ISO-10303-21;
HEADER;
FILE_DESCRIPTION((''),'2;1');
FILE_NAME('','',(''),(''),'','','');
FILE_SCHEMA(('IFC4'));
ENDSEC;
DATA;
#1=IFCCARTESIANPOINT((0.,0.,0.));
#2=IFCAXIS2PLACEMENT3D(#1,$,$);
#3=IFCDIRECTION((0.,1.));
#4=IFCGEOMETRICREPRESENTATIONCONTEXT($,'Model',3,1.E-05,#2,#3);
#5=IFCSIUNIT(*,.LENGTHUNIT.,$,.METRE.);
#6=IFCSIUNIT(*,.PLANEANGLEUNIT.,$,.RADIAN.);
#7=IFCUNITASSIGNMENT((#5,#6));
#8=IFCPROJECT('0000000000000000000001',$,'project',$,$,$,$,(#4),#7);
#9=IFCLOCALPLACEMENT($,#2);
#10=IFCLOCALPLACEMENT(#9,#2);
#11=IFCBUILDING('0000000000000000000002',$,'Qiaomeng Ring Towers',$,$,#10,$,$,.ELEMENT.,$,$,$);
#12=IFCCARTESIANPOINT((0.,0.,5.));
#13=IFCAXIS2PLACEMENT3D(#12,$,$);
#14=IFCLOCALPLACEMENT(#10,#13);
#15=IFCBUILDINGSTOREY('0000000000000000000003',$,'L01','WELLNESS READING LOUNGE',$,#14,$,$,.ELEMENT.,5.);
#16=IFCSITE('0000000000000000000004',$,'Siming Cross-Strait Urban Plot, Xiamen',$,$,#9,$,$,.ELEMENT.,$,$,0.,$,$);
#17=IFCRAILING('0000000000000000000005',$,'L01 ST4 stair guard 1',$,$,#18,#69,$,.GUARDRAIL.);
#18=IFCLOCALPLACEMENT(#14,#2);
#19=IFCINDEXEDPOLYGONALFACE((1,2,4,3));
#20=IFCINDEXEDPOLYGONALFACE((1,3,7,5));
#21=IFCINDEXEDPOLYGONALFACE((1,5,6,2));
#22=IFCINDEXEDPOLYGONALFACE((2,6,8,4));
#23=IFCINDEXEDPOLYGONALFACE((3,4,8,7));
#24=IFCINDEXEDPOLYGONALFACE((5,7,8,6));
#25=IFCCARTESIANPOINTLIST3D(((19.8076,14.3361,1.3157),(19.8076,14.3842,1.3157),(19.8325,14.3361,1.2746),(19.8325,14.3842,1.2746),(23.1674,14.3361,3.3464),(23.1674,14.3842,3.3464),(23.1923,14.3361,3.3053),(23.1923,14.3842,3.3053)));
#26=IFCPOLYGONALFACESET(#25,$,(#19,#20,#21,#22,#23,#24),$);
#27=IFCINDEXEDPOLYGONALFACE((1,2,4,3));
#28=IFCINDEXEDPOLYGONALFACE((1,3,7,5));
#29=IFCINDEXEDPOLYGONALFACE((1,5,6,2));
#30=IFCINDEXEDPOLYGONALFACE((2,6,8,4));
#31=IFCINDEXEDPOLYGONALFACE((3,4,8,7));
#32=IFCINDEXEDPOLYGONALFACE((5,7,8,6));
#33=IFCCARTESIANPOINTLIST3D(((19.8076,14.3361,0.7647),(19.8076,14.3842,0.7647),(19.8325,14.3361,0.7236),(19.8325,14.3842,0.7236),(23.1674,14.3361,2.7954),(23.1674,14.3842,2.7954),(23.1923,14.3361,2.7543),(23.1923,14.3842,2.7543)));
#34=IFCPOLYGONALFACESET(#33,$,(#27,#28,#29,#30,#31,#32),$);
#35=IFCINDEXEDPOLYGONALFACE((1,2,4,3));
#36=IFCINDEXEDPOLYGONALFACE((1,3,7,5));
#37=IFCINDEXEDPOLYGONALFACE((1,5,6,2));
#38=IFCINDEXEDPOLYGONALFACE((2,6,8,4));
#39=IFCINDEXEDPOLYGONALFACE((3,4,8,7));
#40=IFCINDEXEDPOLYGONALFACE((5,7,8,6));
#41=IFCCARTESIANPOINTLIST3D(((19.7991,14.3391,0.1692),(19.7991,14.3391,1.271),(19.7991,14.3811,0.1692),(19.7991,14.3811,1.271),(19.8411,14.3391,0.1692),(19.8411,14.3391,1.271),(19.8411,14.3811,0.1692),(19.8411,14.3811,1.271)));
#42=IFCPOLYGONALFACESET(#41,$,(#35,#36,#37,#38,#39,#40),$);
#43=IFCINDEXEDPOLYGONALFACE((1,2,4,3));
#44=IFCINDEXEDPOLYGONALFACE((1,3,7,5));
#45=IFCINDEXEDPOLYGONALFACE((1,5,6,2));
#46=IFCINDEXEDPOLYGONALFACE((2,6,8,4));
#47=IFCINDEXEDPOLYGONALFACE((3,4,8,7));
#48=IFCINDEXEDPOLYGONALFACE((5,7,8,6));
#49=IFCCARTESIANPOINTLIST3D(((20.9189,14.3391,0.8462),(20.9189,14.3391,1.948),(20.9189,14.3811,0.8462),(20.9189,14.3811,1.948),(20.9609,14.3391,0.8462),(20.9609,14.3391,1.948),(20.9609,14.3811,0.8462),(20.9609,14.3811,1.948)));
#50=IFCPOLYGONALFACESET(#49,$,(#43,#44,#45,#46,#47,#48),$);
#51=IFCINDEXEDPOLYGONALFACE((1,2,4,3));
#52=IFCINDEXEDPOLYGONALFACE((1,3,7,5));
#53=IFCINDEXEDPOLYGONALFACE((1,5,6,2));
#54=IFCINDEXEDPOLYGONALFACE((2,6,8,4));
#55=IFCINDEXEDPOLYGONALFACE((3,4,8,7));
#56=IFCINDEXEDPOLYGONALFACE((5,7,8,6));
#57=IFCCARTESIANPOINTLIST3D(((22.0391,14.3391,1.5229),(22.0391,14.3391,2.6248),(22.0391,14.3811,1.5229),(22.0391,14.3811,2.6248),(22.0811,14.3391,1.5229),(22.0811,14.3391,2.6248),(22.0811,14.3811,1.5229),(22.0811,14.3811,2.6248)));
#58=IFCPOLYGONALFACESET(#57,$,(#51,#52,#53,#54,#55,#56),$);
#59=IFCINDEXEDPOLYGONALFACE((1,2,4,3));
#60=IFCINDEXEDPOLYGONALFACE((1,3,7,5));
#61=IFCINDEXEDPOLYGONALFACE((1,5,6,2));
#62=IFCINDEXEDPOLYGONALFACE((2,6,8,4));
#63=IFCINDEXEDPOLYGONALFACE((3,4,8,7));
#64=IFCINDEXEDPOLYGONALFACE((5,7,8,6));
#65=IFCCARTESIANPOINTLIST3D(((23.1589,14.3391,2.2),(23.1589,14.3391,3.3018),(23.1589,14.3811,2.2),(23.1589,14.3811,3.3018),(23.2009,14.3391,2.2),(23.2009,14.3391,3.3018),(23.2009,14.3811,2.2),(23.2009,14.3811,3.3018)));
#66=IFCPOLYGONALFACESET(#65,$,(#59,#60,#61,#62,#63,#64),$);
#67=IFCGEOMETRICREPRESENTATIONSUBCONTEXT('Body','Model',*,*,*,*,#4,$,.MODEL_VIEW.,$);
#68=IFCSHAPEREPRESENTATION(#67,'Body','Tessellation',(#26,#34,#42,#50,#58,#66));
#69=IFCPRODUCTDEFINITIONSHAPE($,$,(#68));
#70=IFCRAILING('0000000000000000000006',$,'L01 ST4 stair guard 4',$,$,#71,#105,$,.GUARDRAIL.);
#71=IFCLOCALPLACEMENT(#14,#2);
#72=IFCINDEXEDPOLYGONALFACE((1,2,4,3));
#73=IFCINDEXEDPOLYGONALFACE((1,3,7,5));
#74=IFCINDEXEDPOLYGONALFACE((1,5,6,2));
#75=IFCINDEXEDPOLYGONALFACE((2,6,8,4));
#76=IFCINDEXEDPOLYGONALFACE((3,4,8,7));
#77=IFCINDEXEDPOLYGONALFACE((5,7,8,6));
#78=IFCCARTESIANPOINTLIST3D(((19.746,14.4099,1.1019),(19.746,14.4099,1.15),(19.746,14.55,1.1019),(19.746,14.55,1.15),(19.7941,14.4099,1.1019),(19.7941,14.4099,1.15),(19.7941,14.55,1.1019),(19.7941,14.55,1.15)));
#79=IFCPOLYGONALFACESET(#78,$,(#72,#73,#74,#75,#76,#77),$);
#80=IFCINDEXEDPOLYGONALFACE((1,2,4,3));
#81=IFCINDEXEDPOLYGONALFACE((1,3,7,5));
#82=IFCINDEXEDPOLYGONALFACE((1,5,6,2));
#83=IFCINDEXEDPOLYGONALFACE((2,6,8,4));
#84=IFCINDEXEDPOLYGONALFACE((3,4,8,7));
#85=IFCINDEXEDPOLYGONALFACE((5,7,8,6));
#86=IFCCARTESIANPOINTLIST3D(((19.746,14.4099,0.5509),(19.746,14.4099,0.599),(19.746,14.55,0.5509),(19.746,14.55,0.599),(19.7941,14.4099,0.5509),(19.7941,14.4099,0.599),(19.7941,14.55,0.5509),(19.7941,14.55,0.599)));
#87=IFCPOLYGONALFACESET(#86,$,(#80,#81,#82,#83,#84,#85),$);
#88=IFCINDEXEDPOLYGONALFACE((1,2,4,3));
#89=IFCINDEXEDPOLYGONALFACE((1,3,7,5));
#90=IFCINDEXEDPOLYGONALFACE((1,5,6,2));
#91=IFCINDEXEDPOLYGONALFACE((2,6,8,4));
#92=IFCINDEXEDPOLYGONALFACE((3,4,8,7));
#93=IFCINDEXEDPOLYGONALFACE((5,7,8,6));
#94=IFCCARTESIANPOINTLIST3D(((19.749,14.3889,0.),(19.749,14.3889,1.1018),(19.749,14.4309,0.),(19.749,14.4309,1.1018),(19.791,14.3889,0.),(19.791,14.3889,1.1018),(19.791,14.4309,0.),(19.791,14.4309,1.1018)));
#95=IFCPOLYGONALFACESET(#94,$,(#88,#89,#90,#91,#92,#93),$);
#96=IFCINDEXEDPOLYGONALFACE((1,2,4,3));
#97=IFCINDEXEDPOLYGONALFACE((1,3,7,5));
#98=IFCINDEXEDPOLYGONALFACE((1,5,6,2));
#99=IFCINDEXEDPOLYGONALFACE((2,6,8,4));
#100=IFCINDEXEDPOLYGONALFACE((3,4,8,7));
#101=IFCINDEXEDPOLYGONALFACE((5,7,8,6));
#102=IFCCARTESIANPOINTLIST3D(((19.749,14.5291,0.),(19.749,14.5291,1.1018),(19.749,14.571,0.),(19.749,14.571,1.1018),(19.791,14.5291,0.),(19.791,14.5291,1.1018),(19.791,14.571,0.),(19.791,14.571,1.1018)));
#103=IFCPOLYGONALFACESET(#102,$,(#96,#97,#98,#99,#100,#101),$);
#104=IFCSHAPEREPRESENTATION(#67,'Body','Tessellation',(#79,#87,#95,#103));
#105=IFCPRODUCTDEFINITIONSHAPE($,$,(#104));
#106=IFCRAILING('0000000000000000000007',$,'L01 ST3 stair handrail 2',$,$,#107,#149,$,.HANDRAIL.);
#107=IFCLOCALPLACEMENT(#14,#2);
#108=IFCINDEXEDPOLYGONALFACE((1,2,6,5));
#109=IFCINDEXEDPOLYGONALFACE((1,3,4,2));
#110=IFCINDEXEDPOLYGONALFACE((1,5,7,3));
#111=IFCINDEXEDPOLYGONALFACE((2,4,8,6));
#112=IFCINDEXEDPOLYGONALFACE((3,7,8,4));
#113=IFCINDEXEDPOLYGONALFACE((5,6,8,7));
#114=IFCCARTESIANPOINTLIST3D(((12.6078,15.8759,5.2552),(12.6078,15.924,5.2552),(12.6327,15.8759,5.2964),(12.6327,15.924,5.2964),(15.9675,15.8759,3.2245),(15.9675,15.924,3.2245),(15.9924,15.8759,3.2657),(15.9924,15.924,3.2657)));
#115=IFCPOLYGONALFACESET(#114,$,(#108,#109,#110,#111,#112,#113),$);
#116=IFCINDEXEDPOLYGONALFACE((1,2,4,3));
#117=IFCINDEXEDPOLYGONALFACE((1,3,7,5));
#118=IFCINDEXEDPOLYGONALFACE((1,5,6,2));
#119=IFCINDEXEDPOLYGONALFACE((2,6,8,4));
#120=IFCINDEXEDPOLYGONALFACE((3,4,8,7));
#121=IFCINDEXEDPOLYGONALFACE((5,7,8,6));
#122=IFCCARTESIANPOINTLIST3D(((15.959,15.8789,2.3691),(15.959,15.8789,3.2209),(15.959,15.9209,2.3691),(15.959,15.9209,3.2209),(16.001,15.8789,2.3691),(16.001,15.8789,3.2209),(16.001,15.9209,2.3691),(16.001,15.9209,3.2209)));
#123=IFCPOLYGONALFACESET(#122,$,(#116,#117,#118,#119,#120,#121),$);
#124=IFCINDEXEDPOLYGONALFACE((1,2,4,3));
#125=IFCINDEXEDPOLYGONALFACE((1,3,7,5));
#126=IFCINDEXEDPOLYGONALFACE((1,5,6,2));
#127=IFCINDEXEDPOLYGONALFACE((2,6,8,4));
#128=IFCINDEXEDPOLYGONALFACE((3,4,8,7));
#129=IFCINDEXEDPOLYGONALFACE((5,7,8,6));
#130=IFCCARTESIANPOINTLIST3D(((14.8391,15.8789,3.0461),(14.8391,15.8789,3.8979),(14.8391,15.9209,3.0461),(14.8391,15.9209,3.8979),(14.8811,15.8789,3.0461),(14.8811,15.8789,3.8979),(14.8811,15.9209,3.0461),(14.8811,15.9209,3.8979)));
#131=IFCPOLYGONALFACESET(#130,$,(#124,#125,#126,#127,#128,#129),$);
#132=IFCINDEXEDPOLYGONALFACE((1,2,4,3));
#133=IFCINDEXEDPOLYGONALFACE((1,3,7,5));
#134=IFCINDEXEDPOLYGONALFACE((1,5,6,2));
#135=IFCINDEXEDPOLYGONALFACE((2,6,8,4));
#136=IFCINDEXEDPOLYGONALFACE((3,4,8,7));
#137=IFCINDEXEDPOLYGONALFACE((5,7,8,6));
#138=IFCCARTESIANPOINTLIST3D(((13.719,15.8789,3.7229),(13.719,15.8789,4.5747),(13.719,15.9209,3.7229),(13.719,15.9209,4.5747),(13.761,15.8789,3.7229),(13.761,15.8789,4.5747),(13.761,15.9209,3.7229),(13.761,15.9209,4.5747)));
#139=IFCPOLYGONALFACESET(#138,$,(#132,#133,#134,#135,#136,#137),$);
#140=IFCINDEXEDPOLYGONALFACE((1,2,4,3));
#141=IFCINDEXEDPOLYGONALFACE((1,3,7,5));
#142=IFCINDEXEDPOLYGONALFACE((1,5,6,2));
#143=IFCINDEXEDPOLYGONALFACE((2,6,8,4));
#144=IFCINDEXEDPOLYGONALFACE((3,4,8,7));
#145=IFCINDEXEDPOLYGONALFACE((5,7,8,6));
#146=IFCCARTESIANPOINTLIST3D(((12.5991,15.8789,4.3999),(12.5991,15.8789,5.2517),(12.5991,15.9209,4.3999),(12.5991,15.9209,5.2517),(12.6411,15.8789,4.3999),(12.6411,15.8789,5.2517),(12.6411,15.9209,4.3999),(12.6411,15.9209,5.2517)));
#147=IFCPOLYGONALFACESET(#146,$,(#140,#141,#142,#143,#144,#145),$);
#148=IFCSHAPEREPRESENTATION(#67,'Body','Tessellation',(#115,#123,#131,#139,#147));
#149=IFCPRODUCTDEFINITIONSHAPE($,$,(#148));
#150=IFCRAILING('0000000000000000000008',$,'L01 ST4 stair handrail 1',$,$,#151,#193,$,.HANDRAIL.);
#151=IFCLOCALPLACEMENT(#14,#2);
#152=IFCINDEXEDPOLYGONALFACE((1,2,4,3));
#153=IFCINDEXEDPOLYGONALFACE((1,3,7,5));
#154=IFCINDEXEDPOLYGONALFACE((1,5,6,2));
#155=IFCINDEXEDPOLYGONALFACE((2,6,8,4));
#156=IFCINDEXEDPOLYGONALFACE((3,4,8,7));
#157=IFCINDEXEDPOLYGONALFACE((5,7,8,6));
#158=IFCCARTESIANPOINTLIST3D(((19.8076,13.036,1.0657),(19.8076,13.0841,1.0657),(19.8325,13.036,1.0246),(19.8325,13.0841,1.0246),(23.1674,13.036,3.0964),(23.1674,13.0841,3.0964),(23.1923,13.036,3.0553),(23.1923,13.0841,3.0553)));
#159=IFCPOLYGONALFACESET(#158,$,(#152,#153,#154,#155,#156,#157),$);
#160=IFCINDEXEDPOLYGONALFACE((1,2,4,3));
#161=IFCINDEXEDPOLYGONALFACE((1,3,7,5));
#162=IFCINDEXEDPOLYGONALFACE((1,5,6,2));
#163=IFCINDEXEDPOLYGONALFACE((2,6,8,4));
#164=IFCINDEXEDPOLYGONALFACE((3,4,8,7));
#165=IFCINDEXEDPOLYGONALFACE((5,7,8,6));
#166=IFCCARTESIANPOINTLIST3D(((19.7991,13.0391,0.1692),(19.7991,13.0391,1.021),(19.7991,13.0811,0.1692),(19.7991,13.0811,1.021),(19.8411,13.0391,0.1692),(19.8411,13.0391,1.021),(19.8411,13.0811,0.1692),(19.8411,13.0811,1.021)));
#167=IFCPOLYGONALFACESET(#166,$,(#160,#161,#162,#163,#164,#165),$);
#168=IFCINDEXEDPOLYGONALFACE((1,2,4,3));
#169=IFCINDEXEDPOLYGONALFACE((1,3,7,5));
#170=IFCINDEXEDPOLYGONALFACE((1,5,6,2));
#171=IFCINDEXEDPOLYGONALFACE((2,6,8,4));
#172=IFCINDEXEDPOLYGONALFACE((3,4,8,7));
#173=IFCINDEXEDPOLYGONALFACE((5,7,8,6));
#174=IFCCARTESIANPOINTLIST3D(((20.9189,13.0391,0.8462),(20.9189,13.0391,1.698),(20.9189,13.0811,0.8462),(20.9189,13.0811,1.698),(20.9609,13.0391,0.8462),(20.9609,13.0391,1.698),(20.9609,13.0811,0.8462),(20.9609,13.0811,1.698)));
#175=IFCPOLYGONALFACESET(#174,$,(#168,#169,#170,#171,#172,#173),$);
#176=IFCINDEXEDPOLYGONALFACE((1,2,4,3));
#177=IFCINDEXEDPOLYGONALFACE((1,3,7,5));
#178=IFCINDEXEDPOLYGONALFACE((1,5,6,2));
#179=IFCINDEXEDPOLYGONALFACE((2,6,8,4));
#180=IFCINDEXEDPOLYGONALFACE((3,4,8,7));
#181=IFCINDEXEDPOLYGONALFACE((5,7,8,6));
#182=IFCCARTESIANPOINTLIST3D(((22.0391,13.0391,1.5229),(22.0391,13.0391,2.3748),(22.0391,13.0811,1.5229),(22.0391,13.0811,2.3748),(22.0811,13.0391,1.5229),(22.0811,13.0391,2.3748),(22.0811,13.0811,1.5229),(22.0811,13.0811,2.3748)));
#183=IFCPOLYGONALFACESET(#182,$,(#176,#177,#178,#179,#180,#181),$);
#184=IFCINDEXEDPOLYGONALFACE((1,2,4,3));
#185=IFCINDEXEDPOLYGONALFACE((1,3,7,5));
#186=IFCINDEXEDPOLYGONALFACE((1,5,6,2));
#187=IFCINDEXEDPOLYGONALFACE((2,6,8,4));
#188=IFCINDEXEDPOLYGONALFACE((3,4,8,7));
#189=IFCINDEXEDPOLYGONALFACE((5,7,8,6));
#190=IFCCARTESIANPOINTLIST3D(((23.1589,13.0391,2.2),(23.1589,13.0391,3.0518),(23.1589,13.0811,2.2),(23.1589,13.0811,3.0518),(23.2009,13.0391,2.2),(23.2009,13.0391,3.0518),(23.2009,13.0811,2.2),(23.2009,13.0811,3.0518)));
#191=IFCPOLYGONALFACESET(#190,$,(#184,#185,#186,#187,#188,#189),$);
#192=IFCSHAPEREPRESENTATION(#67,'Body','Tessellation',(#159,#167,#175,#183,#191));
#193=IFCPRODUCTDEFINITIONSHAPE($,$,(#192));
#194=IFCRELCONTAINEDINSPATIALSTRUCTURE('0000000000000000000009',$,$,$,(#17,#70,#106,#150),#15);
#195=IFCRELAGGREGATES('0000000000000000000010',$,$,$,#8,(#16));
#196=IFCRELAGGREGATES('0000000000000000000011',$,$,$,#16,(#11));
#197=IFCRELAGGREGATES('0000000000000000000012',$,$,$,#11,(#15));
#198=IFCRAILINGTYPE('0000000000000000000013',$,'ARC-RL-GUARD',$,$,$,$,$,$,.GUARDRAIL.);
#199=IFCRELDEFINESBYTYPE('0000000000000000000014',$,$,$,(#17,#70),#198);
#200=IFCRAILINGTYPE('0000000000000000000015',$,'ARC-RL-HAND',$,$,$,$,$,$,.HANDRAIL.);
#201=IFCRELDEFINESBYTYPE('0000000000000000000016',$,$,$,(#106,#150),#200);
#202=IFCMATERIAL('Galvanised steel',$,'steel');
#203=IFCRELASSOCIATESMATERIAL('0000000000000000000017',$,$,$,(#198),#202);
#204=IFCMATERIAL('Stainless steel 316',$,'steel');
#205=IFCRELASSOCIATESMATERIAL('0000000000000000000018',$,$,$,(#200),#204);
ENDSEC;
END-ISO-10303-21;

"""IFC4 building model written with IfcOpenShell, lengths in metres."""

from ifc_helpers import new_model, si_unit, direction, frame, origin, origin_2d, place, context, subcontext, project, spatial, rectangle, extrude, material, type_object, element, save


model = new_model("IFC4")

# Units and contexts
model_context = context("Model", 3, precision=1e-05, world=origin(), true_north=direction((0.0, 1.0)))
body_context = subcontext(model_context, "Body", "Model", "MODEL_VIEW")
ifc_project = project(units=[si_unit("LENGTHUNIT", "METRE"), si_unit("PLANEANGLEUNIT", "RADIAN")], contexts=[model_context])

# Site, building, storey
site_placement = place(None, origin())
site = spatial("IfcSite", under=ifc_project, at=site_placement, Name="Siming Cross-Strait Urban Plot, Xiamen", CompositionType="ELEMENT", RefElevation=0.0)
building_placement = place(site_placement, origin())
building = spatial("IfcBuilding", under=site, at=building_placement, Name="Qiaomeng Ring Towers", CompositionType="ELEMENT")
storey_placement = place(building_placement, frame((0.0, 0.0, 5.0)))
storey = spatial("IfcBuildingStorey", under=building, at=storey_placement, Name="L01", Description="WELLNESS READING LOUNGE", CompositionType="ELEMENT", Elevation=5.0)

# Shared definitions
ifc_material_1 = material(Name="Galvanised steel", Category="steel")

# Railings
railing_type_1 = type_object("IfcRailingType", Name="ARC-RL-GUARD", PredefinedType="GUARDRAIL", material=ifc_material_1)
railing_1_placement = place(storey_placement, frame((19.8201, 14.3601, 0.1692)))
element("IfcRailing", 1, at=railing_1_placement, inside=storey, type_object=railing_type_1, Name="L01 ST4 stair guard 1", PredefinedType="GUARDRAIL", context=body_context, shape_type="SweptSolid", body=[
    extrude(rectangle(XDim=0.0481, YDim=0.0481, at=origin_2d()), frame((0.0, 0.0, 1.126), z_axis=(0.85582, 0.0, 0.517273), x_axis=(0.0, 1.0, 0.0)), (0.0, 0.0, 1.0), 3.9258),
    extrude(rectangle(XDim=0.0481, YDim=0.0481, at=origin_2d()), frame((0.0, 0.0, 0.575), z_axis=(0.85582, 0.0, 0.517273), x_axis=(0.0, 1.0, 0.0)), (0.0, 0.0, 1.0), 3.9258),
    extrude(rectangle(XDim=0.042, YDim=0.042, at=origin_2d()), origin(), (0.0, 0.0, 1.0), 1.1018),
    extrude(rectangle(XDim=0.042, YDim=0.042, at=origin_2d()), frame((1.1199, 0.0, 0.677)), (0.0, 0.0, 1.0), 1.1018),
    extrude(rectangle(XDim=0.042, YDim=0.042, at=origin_2d()), frame((2.24, 0.0, 1.3538)), (0.0, 0.0, 1.0), 1.1018),
    extrude(rectangle(XDim=0.042, YDim=0.042, at=origin_2d()), frame((3.3599, 0.0, 2.0308)), (0.0, 0.0, 1.0), 1.1018),
])
railing_2_placement = place(storey_placement, frame((19.77, 14.4099, 0.0)))
element("IfcRailing", 2, at=railing_2_placement, inside=storey, type_object=railing_type_1, Name="L01 ST4 stair guard 4", PredefinedType="GUARDRAIL", context=body_context, shape_type="SweptSolid", body=[
    extrude(rectangle(XDim=0.0481, YDim=0.0481, at=origin_2d()), frame((0.0, 0.0, 1.126), z_axis=(0.0, 1.0, 0.0), x_axis=(-1.0, 0.0, 0.0)), (0.0, 0.0, 1.0), 0.1401),
    extrude(rectangle(XDim=0.0481, YDim=0.0481, at=origin_2d()), frame((0.0, 0.0, 0.575), z_axis=(0.0, 1.0, 0.0), x_axis=(-1.0, 0.0, 0.0)), (0.0, 0.0, 1.0), 0.1401),
    extrude(rectangle(XDim=0.042, YDim=0.042, at=origin_2d()), origin(), (0.0, 0.0, 1.0), 1.1018),
    extrude(rectangle(XDim=0.042, YDim=0.042, at=origin_2d()), frame((0.0, 0.1401, 0.0)), (0.0, 0.0, 1.0), 1.1018),
])
ifc_material_2 = material(Name="Stainless steel 316", Category="steel")
railing_type_2 = type_object("IfcRailingType", Name="ARC-RL-HAND", PredefinedType="HANDRAIL", material=ifc_material_2)
railing_3_placement = place(storey_placement, frame((15.98, 15.8999, 2.3691)))
element("IfcRailing", 3, at=railing_3_placement, inside=storey, type_object=railing_type_2, Name="L01 ST3 stair handrail 2", PredefinedType="HANDRAIL", context=body_context, shape_type="SweptSolid", body=[
    extrude(rectangle(XDim=0.0481, YDim=0.0481, at=origin_2d()), frame((0.0, 0.0, 0.876), z_axis=(-0.85582, 0.0, 0.517273), x_axis=(0.0, -1.0, 0.0)), (0.0, 0.0, 1.0), 3.9258),
    extrude(rectangle(XDim=0.042, YDim=0.042, at=origin_2d()), origin(), (0.0, 0.0, 1.0), 0.8518),
    extrude(rectangle(XDim=0.042, YDim=0.042, at=origin_2d()), frame((-1.1199, 0.0, 0.677)), (0.0, 0.0, 1.0), 0.8518),
    extrude(rectangle(XDim=0.042, YDim=0.042, at=origin_2d()), frame((-2.24, 0.0, 1.3538)), (0.0, 0.0, 1.0), 0.8518),
    extrude(rectangle(XDim=0.042, YDim=0.042, at=origin_2d()), frame((-3.3599, 0.0, 2.0308)), (0.0, 0.0, 1.0), 0.8518),
])
railing_4_placement = place(storey_placement, frame((19.8201, 13.0601, 0.1692)))
element("IfcRailing", 4, at=railing_4_placement, inside=storey, type_object=railing_type_2, Name="L01 ST4 stair handrail 1", PredefinedType="HANDRAIL", context=body_context, shape_type="SweptSolid", body=[
    extrude(rectangle(XDim=0.0481, YDim=0.0481, at=origin_2d()), frame((0.0, 0.0, 0.876), z_axis=(0.85582, 0.0, 0.517273), x_axis=(0.0, 1.0, 0.0)), (0.0, 0.0, 1.0), 3.9258),
    extrude(rectangle(XDim=0.042, YDim=0.042, at=origin_2d()), origin(), (0.0, 0.0, 1.0), 0.8518),
    extrude(rectangle(XDim=0.042, YDim=0.042, at=origin_2d()), frame((1.1199, 0.0, 0.677)), (0.0, 0.0, 1.0), 0.8518),
    extrude(rectangle(XDim=0.042, YDim=0.042, at=origin_2d()), frame((2.24, 0.0, 1.3538)), (0.0, 0.0, 1.0), 0.8518),
    extrude(rectangle(XDim=0.042, YDim=0.042, at=origin_2d()), frame((3.3599, 0.0, 2.0308)), (0.0, 0.0, 1.0), 0.8518),
])

save(model, "model.ifc")
